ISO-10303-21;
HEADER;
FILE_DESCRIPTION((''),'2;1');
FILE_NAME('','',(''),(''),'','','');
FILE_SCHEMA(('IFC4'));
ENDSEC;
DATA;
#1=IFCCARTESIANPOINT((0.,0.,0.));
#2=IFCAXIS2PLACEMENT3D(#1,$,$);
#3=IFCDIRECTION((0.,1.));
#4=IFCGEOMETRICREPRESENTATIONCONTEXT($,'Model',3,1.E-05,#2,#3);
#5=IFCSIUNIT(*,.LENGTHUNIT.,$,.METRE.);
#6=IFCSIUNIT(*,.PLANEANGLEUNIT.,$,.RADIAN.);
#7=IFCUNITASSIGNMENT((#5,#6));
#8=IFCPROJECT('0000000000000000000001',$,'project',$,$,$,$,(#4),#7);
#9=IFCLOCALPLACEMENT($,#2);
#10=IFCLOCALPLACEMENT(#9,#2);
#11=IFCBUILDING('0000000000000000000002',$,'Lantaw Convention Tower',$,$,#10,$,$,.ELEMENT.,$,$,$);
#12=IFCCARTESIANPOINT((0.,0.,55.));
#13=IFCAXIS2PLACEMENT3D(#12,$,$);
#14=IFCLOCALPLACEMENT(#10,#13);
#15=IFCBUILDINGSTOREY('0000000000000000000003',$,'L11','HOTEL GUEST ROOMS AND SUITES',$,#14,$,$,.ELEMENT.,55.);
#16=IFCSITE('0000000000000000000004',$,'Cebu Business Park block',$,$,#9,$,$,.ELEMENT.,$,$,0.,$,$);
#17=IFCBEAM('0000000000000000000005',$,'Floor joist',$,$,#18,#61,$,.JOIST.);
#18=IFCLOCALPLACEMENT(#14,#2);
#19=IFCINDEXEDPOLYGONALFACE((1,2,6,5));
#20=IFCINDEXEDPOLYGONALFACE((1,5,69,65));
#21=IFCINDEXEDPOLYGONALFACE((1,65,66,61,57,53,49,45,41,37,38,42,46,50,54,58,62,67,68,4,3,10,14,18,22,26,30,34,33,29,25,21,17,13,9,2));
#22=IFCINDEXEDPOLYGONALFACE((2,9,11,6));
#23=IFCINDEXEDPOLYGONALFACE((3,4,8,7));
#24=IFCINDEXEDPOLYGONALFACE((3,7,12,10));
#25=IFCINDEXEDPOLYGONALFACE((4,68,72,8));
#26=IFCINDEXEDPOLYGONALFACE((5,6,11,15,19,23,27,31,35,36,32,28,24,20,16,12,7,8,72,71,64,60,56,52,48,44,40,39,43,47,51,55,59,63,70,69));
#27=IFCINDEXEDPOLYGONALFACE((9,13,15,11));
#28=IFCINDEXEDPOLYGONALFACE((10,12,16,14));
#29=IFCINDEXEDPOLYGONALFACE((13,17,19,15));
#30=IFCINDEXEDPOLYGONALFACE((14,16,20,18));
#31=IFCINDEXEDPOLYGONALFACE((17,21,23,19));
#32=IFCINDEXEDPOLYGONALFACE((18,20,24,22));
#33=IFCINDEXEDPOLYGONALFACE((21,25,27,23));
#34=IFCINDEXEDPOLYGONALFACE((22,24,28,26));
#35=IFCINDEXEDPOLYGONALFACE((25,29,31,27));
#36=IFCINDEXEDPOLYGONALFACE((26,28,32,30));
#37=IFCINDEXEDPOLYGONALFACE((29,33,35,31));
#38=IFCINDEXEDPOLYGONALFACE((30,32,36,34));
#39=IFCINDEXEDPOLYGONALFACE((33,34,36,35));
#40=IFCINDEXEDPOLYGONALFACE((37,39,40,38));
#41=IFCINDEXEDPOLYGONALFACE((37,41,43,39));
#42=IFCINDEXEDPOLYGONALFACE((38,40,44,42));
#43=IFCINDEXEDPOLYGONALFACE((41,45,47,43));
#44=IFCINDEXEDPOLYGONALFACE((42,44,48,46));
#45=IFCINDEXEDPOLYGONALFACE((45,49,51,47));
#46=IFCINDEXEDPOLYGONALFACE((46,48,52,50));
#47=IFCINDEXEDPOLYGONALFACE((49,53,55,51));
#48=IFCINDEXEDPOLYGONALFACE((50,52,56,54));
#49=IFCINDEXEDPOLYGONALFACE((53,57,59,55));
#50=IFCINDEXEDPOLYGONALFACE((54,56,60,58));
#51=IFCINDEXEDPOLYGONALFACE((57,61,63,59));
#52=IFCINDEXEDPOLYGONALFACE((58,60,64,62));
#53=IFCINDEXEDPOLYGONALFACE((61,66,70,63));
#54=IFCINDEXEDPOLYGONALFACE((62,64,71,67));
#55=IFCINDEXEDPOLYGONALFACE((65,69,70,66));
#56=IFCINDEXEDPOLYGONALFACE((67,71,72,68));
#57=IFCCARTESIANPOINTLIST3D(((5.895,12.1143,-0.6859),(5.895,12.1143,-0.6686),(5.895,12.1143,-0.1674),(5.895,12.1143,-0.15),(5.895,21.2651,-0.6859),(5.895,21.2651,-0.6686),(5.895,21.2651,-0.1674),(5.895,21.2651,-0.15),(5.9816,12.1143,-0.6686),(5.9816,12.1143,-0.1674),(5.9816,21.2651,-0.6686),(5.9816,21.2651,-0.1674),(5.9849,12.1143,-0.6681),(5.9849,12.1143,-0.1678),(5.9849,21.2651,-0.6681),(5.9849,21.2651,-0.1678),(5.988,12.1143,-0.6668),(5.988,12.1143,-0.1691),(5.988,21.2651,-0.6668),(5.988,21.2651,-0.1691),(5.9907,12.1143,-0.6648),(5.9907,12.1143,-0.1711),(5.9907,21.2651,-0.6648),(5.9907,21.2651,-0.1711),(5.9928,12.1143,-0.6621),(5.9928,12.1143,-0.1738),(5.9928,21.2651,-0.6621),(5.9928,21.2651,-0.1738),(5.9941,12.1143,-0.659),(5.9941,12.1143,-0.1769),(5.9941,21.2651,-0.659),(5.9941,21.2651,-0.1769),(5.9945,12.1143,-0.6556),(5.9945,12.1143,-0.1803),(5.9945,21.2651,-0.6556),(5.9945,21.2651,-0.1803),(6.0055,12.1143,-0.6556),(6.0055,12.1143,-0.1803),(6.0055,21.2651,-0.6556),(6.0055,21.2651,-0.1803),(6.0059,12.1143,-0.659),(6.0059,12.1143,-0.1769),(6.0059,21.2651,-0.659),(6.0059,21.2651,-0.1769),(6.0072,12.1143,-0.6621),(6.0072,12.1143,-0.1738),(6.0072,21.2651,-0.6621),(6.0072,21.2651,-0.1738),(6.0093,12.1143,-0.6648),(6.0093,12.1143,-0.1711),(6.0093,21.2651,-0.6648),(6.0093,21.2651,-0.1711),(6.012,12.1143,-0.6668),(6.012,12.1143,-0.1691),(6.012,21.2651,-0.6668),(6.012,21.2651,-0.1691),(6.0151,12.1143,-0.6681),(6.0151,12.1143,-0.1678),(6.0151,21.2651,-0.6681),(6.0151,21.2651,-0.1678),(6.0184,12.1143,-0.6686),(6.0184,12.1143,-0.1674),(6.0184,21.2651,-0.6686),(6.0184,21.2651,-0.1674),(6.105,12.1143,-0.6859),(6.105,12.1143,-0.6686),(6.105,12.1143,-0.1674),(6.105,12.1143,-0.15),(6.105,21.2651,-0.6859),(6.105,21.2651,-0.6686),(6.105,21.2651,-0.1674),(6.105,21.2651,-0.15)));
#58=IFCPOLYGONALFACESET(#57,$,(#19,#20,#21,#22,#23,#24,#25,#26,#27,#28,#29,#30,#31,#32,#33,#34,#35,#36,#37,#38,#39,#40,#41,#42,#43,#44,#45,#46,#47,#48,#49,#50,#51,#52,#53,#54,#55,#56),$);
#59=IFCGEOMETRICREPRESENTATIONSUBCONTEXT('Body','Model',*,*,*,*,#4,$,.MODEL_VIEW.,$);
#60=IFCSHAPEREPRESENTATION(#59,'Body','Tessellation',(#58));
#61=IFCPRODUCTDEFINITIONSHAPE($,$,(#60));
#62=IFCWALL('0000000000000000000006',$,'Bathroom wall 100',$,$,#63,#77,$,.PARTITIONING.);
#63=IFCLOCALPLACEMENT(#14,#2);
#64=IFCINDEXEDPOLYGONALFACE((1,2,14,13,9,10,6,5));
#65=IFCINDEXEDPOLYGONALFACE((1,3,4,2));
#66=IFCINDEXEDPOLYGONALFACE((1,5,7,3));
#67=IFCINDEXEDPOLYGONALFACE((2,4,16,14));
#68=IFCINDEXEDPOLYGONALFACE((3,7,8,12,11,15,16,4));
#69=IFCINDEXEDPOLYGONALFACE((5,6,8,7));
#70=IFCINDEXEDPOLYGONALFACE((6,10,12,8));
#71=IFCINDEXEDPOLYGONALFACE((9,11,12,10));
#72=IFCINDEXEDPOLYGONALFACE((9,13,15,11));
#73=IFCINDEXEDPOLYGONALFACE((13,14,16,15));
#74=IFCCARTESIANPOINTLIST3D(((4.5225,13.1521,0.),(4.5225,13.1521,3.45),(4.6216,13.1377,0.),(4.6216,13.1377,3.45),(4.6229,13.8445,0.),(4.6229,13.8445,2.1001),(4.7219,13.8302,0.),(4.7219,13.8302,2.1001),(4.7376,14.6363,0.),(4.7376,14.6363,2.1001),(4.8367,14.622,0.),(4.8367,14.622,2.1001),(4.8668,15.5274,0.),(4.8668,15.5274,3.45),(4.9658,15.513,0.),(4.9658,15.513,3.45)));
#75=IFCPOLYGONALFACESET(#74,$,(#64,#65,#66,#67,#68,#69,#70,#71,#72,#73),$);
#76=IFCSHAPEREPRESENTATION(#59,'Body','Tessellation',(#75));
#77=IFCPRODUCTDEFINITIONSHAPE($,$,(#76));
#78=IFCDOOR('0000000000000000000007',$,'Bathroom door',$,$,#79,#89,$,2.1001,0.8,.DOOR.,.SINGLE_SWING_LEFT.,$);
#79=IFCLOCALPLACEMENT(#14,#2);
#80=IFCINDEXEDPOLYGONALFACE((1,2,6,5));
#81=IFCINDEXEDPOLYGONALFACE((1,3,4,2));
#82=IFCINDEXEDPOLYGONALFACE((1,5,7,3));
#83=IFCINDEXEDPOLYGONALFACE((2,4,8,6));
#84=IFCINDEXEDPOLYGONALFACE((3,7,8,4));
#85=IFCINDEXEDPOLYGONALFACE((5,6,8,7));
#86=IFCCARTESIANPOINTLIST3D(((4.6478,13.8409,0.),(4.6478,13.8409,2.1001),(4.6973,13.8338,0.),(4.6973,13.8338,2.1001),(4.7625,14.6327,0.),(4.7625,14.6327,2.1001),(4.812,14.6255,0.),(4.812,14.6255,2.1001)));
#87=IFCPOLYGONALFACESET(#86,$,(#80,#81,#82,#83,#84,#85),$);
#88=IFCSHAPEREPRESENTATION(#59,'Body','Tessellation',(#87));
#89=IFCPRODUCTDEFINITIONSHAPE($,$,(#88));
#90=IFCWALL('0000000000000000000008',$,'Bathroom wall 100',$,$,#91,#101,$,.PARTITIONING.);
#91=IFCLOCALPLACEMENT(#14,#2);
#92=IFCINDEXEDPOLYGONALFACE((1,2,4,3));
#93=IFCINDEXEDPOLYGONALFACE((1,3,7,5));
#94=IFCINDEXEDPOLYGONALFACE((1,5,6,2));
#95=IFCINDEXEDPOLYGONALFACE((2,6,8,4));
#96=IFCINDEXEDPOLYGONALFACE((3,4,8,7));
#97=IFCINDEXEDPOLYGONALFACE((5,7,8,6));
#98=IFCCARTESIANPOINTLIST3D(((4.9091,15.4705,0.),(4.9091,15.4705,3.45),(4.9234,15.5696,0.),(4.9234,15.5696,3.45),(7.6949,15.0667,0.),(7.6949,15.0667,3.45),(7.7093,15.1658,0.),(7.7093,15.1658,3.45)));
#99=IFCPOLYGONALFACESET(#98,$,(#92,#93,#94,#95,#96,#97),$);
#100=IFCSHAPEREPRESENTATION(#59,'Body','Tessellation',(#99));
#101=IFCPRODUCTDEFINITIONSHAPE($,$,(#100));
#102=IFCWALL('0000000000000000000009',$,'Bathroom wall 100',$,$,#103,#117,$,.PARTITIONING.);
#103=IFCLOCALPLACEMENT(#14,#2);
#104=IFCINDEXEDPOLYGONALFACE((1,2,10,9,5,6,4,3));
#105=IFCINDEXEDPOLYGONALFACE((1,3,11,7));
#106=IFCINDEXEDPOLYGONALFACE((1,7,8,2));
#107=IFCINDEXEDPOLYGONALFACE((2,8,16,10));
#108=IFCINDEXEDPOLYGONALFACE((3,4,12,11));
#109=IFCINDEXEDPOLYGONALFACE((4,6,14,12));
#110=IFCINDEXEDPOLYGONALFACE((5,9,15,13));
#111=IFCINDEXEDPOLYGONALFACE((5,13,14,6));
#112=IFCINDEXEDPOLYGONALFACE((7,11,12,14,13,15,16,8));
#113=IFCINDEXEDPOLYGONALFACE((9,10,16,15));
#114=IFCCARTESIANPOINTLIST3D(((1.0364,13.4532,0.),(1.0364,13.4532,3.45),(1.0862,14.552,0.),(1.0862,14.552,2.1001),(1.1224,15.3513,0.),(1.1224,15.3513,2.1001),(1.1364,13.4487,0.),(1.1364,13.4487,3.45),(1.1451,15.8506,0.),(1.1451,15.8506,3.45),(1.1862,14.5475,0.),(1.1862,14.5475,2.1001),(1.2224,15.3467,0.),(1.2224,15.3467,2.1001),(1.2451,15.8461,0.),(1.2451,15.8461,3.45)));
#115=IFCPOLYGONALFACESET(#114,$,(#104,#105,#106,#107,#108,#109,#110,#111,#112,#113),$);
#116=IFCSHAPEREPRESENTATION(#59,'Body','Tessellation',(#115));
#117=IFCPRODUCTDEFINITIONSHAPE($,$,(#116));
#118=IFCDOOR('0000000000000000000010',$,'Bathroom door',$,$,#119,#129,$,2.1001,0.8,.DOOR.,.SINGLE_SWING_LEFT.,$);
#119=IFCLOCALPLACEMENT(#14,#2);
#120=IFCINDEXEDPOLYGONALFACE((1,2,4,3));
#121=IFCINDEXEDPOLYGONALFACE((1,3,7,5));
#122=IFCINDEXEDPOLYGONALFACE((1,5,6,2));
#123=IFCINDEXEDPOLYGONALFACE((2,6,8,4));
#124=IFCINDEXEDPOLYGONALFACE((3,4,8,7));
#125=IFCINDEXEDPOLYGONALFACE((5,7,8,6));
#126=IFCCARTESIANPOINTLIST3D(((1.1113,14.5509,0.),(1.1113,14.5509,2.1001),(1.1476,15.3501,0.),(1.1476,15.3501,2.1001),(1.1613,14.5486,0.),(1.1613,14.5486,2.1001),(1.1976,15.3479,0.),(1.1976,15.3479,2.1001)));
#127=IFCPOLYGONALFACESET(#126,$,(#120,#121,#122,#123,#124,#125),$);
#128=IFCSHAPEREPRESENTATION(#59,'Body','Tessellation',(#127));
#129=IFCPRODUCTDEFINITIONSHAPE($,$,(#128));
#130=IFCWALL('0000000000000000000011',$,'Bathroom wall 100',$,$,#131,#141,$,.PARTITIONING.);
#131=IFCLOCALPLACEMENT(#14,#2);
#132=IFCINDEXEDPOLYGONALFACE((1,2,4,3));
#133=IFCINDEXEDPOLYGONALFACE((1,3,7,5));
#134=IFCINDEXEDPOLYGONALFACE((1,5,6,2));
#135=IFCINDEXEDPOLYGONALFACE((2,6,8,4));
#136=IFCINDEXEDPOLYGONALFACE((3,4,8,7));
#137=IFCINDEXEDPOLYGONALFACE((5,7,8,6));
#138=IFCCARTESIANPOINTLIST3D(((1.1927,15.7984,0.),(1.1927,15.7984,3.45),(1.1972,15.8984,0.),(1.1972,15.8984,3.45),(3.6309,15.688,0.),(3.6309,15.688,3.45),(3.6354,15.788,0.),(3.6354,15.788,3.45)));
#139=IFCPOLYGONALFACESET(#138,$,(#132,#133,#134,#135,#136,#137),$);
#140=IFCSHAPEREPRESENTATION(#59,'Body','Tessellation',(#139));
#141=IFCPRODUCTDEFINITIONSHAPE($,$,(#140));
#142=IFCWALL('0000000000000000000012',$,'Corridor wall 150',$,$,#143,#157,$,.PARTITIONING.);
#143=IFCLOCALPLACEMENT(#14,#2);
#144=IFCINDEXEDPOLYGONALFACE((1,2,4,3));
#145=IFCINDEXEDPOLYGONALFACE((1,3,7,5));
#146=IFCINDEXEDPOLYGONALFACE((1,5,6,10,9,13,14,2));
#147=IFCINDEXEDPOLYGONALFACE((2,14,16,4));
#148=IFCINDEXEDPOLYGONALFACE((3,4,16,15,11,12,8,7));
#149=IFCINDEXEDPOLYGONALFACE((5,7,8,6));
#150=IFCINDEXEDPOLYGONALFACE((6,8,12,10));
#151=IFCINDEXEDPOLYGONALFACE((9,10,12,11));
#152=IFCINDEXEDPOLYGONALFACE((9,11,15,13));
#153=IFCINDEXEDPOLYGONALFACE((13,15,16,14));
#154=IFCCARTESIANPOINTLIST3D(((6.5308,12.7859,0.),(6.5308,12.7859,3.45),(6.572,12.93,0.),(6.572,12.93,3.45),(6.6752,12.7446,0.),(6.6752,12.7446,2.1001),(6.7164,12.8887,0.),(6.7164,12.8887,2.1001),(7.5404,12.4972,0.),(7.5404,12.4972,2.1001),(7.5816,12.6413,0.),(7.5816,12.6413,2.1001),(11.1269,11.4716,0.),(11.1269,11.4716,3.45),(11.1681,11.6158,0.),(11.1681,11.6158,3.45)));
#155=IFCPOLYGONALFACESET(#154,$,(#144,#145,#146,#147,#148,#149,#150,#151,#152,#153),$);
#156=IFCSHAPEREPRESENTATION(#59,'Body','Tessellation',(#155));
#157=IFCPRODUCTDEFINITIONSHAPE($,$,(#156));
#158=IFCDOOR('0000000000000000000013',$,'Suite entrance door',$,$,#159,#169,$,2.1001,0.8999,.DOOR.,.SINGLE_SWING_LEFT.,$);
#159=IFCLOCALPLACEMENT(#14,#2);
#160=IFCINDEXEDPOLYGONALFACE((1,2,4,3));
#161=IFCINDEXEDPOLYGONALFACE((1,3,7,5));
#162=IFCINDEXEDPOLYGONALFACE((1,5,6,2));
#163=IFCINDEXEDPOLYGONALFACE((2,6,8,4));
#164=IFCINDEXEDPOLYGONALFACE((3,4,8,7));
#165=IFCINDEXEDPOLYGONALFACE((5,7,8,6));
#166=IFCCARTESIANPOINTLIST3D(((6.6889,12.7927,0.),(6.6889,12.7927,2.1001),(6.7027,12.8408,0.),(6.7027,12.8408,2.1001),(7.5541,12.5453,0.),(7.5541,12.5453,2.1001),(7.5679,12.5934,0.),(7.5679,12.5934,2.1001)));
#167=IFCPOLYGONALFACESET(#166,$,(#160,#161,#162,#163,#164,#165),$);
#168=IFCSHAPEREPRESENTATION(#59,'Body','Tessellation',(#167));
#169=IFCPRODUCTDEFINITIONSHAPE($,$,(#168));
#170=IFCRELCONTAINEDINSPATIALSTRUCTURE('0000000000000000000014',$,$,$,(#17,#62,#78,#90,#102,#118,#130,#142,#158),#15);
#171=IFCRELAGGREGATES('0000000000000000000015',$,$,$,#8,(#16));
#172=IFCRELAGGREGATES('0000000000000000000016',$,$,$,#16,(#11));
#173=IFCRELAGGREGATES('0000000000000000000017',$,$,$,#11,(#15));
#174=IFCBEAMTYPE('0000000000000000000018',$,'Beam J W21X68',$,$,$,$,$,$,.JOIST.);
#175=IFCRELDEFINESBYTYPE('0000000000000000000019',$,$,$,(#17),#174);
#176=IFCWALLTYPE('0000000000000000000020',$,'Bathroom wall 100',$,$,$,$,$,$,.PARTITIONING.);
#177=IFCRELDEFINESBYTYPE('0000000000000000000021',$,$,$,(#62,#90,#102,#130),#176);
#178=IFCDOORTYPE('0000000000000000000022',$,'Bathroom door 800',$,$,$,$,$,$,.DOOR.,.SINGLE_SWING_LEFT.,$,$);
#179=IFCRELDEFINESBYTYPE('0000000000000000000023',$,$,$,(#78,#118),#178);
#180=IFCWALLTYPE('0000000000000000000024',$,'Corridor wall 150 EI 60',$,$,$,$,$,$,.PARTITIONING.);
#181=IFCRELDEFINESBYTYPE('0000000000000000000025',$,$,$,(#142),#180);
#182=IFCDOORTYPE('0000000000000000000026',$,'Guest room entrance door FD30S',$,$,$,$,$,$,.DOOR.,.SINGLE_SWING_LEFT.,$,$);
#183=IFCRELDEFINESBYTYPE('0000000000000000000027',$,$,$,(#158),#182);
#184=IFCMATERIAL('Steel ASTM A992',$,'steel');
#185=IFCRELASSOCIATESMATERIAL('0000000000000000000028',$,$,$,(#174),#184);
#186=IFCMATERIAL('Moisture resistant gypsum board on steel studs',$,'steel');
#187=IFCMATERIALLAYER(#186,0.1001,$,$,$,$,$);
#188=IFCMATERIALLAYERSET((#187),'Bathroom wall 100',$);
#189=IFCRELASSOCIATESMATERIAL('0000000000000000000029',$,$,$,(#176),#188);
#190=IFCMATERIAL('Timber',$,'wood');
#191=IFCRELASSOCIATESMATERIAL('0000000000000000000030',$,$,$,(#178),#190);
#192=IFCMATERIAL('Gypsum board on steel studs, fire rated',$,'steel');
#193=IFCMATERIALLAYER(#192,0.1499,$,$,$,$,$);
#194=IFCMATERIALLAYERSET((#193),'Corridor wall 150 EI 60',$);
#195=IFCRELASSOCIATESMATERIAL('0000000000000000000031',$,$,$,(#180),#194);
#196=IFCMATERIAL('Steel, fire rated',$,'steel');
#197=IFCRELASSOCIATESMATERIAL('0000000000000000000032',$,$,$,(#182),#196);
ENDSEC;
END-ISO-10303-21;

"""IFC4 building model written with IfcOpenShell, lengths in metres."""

from ifc_helpers import new_model, si_unit, direction, frame, frame_2d, origin, origin_2d, place, context, subcontext, project, spatial, rectangle, i_section, extrude, material, layer, layer_set, material_profile, profile_set, type_object, element, fill, save


model = new_model("IFC4")

# Units and contexts
model_context = context("Model", 3, precision=1e-05, world=origin(), true_north=direction((0.0, 1.0)))
body_context = subcontext(model_context, "Body", "Model", "MODEL_VIEW")
ifc_project = project(units=[si_unit("LENGTHUNIT", "METRE"), si_unit("PLANEANGLEUNIT", "RADIAN")], contexts=[model_context])

# Site, building, storey
site_placement = place(None, origin())
site = spatial("IfcSite", under=ifc_project, at=site_placement, Name="Cebu Business Park block", CompositionType="ELEMENT", RefElevation=0.0)
building_placement = place(site_placement, origin())
building = spatial("IfcBuilding", under=site, at=building_placement, Name="Lantaw Convention Tower", CompositionType="ELEMENT")
storey_placement = place(building_placement, frame((0.0, 0.0, 55.0)))
storey = spatial("IfcBuildingStorey", under=building, at=storey_placement, Name="L11", Description="HOTEL GUEST ROOMS AND SUITES", CompositionType="ELEMENT", Elevation=55.0)

# Beam
ifc_material_1 = material(Name="Steel ASTM A992", Category="steel")
ifc_material_profile = material_profile(ifc_material_1, i_section(OverallWidth=0.21, OverallDepth=0.5359, WebThickness=0.011, FlangeThickness=0.0173, FilletRadius=0.0129, at=origin_2d()), Name="W21X68")
ifc_profile_set = profile_set([ifc_material_profile], Name="Steel ASTM A992")
beam_type = type_object("IfcBeamType", Name="Beam J W21X68", PredefinedType="JOIST", material=ifc_profile_set)
beam_placement = place(storey_placement, frame((6.0, 12.1143, -0.418), z_axis=(0.0, 1.0, 0.0), x_axis=(-1.0, 0.0, 0.0)))
element("IfcBeam", 1, at=beam_placement, inside=storey, type_object=beam_type, Name="Floor joist", PredefinedType="JOIST", context=body_context, shape_type="SweptSolid", body=[
    extrude(i_section(OverallWidth=0.21, OverallDepth=0.5359, WebThickness=0.011, FlangeThickness=0.0173, FilletRadius=0.0129, at=origin_2d()), origin(), (0.0, 0.0, 1.0), 9.1509),
])

# Wall, opening, door
ifc_material_2 = material(Name="Moisture resistant gypsum board on steel studs", Category="steel")
ifc_layer_1 = layer(ifc_material_2, 0.1001)
ifc_layer_set_1 = layer_set([ifc_layer_1], Name="Bathroom wall 100")
wall_type_1 = type_object("IfcWallType", Name="Bathroom wall 100", PredefinedType="PARTITIONING", material=ifc_layer_set_1)
wall_1_placement = place(storey_placement, frame((4.572, 13.1448, 0.0), z_axis=(0.0, 0.0, 1.0), x_axis=(0.143429, 0.989661, 0.0)))
wall_1 = element("IfcWall", 2, at=wall_1_placement, inside=storey, type_object=wall_type_1, Name="Bathroom wall 100", PredefinedType="PARTITIONING", context=body_context, shape_type="SweptSolid", body=[
    extrude(rectangle(XDim=2.4001, YDim=0.1001, at=frame_2d((1.2002, 0.0))), origin(), (0.0, 0.0, 1.0), 3.45),
])
opening_1_placement = place(wall_1_placement, frame((0.7, 0.0, 0.0)))
opening_1 = element("IfcOpeningElement", 3, at=opening_1_placement, cuts=wall_1, PredefinedType="OPENING", context=body_context, shape_type="SweptSolid", body=[
    extrude(rectangle(XDim=0.8, YDim=2.1001, at=frame_2d((0.3999, 1.05))), frame((0.0, 0.0601, 0.0), z_axis=(0.0, -1.0, 0.0), x_axis=(1.0, 0.0, 0.0)), (0.0, 0.0, 1.0), 0.1201),
])
ifc_material_3 = material(Name="Timber", Category="wood")
door_type_1 = type_object("IfcDoorType", Name="Bathroom door 800", OperationType="SINGLE_SWING_LEFT", PredefinedType="DOOR", material=ifc_material_3)
door_1_placement = place(opening_1_placement, origin())
door_1 = element("IfcDoor", 4, at=door_1_placement, inside=storey, type_object=door_type_1, Name="Bathroom door", OperationType="SINGLE_SWING_LEFT", OverallHeight=2.1001, OverallWidth=0.8, PredefinedType="DOOR", context=body_context, shape_type="SweptSolid", body=[
    extrude(rectangle(XDim=0.8, YDim=2.1001, at=frame_2d((0.3999, 1.05))), frame((0.0, 0.0249, 0.0), z_axis=(0.0, -1.0, 0.0), x_axis=(1.0, 0.0, 0.0)), (0.0, 0.0, 1.0), 0.05),
])
fill(opening_1, door_1)

# Wall
wall_2_placement = place(storey_placement, frame((4.9163, 15.52, 0.0), z_axis=(0.0, 0.0, 1.0), x_axis=(0.989658, -0.143449, 0.0)))
element("IfcWall", 5, at=wall_2_placement, inside=storey, type_object=wall_type_1, Name="Bathroom wall 100", PredefinedType="PARTITIONING", context=body_context, shape_type="SweptSolid", body=[
    extrude(rectangle(XDim=2.8149, YDim=0.1001, at=frame_2d((1.4075, 0.0))), origin(), (0.0, 0.0, 1.0), 3.45),
])

# Wall, opening, door
wall_3_placement = place(storey_placement, frame((1.0864, 13.4509, 0.0), z_axis=(0.0, 0.0, 1.0), x_axis=(0.045269, 0.998975, 0.0)))
wall_3 = element("IfcWall", 6, at=wall_3_placement, inside=storey, type_object=wall_type_1, Name="Bathroom wall 100", PredefinedType="PARTITIONING", context=body_context, shape_type="SweptSolid", body=[
    extrude(rectangle(XDim=2.3999, YDim=0.1001, at=frame_2d((1.2, 0.0))), origin(), (0.0, 0.0, 1.0), 3.45),
])
opening_2_placement = place(wall_3_placement, frame((1.1001, 0.0, 0.0)))
opening_2 = element("IfcOpeningElement", 7, at=opening_2_placement, cuts=wall_3, PredefinedType="OPENING", context=body_context, shape_type="SweptSolid", body=[
    extrude(rectangle(XDim=0.8, YDim=2.1001, at=frame_2d((0.3999, 1.05))), frame((0.0, 0.0601, 0.0), z_axis=(0.0, -1.0, 0.0), x_axis=(1.0, 0.0, 0.0)), (0.0, 0.0, 1.0), 0.1201),
])
door_2_placement = place(opening_2_placement, origin())
door_2 = element("IfcDoor", 8, at=door_2_placement, inside=storey, type_object=door_type_1, Name="Bathroom door", OperationType="SINGLE_SWING_LEFT", OverallHeight=2.1001, OverallWidth=0.8, PredefinedType="DOOR", context=body_context, shape_type="SweptSolid", body=[
    extrude(rectangle(XDim=0.8, YDim=2.1001, at=frame_2d((0.3999, 1.05))), frame((0.0, 0.0249, 0.0), z_axis=(0.0, -1.0, 0.0), x_axis=(1.0, 0.0, 0.0)), (0.0, 0.0, 1.0), 0.05),
])
fill(opening_2, door_2)

# Wall
wall_4_placement = place(storey_placement, frame((1.1951, 15.8484, 0.0), z_axis=(0.0, 0.0, 1.0), x_axis=(0.998977, -0.045213, 0.0)))
element("IfcWall", 9, at=wall_4_placement, inside=storey, type_object=wall_type_1, Name="Bathroom wall 100", PredefinedType="PARTITIONING", context=body_context, shape_type="SweptSolid", body=[
    extrude(rectangle(XDim=2.4407, YDim=0.1001, at=frame_2d((1.2202, 0.0))), origin(), (0.0, 0.0, 1.0), 3.45),
])

# Wall, opening, door
ifc_material_4 = material(Name="Gypsum board on steel studs, fire rated", Category="steel")
ifc_layer_2 = layer(ifc_material_4, 0.1499)
ifc_layer_set_2 = layer_set([ifc_layer_2], Name="Corridor wall 150 EI 60")
wall_type_2 = type_object("IfcWallType", Name="Corridor wall 150 EI 60", PredefinedType="PARTITIONING", material=ifc_layer_set_2)
wall_5_placement = place(storey_placement, frame((11.1475, 11.5437, 0.0), z_axis=(0.0, 0.0, 1.0), x_axis=(-0.961464, 0.27493, 0.0)))
wall_5 = element("IfcWall", 10, at=wall_5_placement, inside=storey, type_object=wall_type_2, Name="Corridor wall 150", PredefinedType="PARTITIONING", context=body_context, shape_type="SweptSolid", body=[
    extrude(rectangle(XDim=4.7803, YDim=0.1499, at=frame_2d((2.3901, 0.0))), origin(), (0.0, 0.0, 1.0), 3.45),
])
opening_3_placement = place(wall_5_placement, frame((3.7302, 0.0, 0.0)))
opening_3 = element("IfcOpeningElement", 11, at=opening_3_placement, cuts=wall_5, PredefinedType="OPENING", context=body_context, shape_type="SweptSolid", body=[
    extrude(rectangle(XDim=0.8999, YDim=2.1001, at=frame_2d((0.45, 1.05))), frame((0.0, 0.085, 0.0), z_axis=(0.0, -1.0, 0.0), x_axis=(1.0, 0.0, 0.0)), (0.0, 0.0, 1.0), 0.1699),
])
ifc_material_5 = material(Name="Steel, fire rated", Category="steel")
door_type_2 = type_object("IfcDoorType", Name="Guest room entrance door FD30S", OperationType="SINGLE_SWING_LEFT", PredefinedType="DOOR", material=ifc_material_5)
door_3_placement = place(opening_3_placement, origin())
door_3 = element("IfcDoor", 12, at=door_3_placement, inside=storey, type_object=door_type_2, Name="Suite entrance door", OperationType="SINGLE_SWING_LEFT", OverallHeight=2.1001, OverallWidth=0.8999, PredefinedType="DOOR", context=body_context, shape_type="SweptSolid", body=[
    extrude(rectangle(XDim=0.8999, YDim=2.1001, at=frame_2d((0.45, 1.05))), frame((0.0, 0.0249, 0.0), z_axis=(0.0, -1.0, 0.0), x_axis=(1.0, 0.0, 0.0)), (0.0, 0.0, 1.0), 0.05),
])
fill(opening_3, door_3)

save(model, "model.ifc")
